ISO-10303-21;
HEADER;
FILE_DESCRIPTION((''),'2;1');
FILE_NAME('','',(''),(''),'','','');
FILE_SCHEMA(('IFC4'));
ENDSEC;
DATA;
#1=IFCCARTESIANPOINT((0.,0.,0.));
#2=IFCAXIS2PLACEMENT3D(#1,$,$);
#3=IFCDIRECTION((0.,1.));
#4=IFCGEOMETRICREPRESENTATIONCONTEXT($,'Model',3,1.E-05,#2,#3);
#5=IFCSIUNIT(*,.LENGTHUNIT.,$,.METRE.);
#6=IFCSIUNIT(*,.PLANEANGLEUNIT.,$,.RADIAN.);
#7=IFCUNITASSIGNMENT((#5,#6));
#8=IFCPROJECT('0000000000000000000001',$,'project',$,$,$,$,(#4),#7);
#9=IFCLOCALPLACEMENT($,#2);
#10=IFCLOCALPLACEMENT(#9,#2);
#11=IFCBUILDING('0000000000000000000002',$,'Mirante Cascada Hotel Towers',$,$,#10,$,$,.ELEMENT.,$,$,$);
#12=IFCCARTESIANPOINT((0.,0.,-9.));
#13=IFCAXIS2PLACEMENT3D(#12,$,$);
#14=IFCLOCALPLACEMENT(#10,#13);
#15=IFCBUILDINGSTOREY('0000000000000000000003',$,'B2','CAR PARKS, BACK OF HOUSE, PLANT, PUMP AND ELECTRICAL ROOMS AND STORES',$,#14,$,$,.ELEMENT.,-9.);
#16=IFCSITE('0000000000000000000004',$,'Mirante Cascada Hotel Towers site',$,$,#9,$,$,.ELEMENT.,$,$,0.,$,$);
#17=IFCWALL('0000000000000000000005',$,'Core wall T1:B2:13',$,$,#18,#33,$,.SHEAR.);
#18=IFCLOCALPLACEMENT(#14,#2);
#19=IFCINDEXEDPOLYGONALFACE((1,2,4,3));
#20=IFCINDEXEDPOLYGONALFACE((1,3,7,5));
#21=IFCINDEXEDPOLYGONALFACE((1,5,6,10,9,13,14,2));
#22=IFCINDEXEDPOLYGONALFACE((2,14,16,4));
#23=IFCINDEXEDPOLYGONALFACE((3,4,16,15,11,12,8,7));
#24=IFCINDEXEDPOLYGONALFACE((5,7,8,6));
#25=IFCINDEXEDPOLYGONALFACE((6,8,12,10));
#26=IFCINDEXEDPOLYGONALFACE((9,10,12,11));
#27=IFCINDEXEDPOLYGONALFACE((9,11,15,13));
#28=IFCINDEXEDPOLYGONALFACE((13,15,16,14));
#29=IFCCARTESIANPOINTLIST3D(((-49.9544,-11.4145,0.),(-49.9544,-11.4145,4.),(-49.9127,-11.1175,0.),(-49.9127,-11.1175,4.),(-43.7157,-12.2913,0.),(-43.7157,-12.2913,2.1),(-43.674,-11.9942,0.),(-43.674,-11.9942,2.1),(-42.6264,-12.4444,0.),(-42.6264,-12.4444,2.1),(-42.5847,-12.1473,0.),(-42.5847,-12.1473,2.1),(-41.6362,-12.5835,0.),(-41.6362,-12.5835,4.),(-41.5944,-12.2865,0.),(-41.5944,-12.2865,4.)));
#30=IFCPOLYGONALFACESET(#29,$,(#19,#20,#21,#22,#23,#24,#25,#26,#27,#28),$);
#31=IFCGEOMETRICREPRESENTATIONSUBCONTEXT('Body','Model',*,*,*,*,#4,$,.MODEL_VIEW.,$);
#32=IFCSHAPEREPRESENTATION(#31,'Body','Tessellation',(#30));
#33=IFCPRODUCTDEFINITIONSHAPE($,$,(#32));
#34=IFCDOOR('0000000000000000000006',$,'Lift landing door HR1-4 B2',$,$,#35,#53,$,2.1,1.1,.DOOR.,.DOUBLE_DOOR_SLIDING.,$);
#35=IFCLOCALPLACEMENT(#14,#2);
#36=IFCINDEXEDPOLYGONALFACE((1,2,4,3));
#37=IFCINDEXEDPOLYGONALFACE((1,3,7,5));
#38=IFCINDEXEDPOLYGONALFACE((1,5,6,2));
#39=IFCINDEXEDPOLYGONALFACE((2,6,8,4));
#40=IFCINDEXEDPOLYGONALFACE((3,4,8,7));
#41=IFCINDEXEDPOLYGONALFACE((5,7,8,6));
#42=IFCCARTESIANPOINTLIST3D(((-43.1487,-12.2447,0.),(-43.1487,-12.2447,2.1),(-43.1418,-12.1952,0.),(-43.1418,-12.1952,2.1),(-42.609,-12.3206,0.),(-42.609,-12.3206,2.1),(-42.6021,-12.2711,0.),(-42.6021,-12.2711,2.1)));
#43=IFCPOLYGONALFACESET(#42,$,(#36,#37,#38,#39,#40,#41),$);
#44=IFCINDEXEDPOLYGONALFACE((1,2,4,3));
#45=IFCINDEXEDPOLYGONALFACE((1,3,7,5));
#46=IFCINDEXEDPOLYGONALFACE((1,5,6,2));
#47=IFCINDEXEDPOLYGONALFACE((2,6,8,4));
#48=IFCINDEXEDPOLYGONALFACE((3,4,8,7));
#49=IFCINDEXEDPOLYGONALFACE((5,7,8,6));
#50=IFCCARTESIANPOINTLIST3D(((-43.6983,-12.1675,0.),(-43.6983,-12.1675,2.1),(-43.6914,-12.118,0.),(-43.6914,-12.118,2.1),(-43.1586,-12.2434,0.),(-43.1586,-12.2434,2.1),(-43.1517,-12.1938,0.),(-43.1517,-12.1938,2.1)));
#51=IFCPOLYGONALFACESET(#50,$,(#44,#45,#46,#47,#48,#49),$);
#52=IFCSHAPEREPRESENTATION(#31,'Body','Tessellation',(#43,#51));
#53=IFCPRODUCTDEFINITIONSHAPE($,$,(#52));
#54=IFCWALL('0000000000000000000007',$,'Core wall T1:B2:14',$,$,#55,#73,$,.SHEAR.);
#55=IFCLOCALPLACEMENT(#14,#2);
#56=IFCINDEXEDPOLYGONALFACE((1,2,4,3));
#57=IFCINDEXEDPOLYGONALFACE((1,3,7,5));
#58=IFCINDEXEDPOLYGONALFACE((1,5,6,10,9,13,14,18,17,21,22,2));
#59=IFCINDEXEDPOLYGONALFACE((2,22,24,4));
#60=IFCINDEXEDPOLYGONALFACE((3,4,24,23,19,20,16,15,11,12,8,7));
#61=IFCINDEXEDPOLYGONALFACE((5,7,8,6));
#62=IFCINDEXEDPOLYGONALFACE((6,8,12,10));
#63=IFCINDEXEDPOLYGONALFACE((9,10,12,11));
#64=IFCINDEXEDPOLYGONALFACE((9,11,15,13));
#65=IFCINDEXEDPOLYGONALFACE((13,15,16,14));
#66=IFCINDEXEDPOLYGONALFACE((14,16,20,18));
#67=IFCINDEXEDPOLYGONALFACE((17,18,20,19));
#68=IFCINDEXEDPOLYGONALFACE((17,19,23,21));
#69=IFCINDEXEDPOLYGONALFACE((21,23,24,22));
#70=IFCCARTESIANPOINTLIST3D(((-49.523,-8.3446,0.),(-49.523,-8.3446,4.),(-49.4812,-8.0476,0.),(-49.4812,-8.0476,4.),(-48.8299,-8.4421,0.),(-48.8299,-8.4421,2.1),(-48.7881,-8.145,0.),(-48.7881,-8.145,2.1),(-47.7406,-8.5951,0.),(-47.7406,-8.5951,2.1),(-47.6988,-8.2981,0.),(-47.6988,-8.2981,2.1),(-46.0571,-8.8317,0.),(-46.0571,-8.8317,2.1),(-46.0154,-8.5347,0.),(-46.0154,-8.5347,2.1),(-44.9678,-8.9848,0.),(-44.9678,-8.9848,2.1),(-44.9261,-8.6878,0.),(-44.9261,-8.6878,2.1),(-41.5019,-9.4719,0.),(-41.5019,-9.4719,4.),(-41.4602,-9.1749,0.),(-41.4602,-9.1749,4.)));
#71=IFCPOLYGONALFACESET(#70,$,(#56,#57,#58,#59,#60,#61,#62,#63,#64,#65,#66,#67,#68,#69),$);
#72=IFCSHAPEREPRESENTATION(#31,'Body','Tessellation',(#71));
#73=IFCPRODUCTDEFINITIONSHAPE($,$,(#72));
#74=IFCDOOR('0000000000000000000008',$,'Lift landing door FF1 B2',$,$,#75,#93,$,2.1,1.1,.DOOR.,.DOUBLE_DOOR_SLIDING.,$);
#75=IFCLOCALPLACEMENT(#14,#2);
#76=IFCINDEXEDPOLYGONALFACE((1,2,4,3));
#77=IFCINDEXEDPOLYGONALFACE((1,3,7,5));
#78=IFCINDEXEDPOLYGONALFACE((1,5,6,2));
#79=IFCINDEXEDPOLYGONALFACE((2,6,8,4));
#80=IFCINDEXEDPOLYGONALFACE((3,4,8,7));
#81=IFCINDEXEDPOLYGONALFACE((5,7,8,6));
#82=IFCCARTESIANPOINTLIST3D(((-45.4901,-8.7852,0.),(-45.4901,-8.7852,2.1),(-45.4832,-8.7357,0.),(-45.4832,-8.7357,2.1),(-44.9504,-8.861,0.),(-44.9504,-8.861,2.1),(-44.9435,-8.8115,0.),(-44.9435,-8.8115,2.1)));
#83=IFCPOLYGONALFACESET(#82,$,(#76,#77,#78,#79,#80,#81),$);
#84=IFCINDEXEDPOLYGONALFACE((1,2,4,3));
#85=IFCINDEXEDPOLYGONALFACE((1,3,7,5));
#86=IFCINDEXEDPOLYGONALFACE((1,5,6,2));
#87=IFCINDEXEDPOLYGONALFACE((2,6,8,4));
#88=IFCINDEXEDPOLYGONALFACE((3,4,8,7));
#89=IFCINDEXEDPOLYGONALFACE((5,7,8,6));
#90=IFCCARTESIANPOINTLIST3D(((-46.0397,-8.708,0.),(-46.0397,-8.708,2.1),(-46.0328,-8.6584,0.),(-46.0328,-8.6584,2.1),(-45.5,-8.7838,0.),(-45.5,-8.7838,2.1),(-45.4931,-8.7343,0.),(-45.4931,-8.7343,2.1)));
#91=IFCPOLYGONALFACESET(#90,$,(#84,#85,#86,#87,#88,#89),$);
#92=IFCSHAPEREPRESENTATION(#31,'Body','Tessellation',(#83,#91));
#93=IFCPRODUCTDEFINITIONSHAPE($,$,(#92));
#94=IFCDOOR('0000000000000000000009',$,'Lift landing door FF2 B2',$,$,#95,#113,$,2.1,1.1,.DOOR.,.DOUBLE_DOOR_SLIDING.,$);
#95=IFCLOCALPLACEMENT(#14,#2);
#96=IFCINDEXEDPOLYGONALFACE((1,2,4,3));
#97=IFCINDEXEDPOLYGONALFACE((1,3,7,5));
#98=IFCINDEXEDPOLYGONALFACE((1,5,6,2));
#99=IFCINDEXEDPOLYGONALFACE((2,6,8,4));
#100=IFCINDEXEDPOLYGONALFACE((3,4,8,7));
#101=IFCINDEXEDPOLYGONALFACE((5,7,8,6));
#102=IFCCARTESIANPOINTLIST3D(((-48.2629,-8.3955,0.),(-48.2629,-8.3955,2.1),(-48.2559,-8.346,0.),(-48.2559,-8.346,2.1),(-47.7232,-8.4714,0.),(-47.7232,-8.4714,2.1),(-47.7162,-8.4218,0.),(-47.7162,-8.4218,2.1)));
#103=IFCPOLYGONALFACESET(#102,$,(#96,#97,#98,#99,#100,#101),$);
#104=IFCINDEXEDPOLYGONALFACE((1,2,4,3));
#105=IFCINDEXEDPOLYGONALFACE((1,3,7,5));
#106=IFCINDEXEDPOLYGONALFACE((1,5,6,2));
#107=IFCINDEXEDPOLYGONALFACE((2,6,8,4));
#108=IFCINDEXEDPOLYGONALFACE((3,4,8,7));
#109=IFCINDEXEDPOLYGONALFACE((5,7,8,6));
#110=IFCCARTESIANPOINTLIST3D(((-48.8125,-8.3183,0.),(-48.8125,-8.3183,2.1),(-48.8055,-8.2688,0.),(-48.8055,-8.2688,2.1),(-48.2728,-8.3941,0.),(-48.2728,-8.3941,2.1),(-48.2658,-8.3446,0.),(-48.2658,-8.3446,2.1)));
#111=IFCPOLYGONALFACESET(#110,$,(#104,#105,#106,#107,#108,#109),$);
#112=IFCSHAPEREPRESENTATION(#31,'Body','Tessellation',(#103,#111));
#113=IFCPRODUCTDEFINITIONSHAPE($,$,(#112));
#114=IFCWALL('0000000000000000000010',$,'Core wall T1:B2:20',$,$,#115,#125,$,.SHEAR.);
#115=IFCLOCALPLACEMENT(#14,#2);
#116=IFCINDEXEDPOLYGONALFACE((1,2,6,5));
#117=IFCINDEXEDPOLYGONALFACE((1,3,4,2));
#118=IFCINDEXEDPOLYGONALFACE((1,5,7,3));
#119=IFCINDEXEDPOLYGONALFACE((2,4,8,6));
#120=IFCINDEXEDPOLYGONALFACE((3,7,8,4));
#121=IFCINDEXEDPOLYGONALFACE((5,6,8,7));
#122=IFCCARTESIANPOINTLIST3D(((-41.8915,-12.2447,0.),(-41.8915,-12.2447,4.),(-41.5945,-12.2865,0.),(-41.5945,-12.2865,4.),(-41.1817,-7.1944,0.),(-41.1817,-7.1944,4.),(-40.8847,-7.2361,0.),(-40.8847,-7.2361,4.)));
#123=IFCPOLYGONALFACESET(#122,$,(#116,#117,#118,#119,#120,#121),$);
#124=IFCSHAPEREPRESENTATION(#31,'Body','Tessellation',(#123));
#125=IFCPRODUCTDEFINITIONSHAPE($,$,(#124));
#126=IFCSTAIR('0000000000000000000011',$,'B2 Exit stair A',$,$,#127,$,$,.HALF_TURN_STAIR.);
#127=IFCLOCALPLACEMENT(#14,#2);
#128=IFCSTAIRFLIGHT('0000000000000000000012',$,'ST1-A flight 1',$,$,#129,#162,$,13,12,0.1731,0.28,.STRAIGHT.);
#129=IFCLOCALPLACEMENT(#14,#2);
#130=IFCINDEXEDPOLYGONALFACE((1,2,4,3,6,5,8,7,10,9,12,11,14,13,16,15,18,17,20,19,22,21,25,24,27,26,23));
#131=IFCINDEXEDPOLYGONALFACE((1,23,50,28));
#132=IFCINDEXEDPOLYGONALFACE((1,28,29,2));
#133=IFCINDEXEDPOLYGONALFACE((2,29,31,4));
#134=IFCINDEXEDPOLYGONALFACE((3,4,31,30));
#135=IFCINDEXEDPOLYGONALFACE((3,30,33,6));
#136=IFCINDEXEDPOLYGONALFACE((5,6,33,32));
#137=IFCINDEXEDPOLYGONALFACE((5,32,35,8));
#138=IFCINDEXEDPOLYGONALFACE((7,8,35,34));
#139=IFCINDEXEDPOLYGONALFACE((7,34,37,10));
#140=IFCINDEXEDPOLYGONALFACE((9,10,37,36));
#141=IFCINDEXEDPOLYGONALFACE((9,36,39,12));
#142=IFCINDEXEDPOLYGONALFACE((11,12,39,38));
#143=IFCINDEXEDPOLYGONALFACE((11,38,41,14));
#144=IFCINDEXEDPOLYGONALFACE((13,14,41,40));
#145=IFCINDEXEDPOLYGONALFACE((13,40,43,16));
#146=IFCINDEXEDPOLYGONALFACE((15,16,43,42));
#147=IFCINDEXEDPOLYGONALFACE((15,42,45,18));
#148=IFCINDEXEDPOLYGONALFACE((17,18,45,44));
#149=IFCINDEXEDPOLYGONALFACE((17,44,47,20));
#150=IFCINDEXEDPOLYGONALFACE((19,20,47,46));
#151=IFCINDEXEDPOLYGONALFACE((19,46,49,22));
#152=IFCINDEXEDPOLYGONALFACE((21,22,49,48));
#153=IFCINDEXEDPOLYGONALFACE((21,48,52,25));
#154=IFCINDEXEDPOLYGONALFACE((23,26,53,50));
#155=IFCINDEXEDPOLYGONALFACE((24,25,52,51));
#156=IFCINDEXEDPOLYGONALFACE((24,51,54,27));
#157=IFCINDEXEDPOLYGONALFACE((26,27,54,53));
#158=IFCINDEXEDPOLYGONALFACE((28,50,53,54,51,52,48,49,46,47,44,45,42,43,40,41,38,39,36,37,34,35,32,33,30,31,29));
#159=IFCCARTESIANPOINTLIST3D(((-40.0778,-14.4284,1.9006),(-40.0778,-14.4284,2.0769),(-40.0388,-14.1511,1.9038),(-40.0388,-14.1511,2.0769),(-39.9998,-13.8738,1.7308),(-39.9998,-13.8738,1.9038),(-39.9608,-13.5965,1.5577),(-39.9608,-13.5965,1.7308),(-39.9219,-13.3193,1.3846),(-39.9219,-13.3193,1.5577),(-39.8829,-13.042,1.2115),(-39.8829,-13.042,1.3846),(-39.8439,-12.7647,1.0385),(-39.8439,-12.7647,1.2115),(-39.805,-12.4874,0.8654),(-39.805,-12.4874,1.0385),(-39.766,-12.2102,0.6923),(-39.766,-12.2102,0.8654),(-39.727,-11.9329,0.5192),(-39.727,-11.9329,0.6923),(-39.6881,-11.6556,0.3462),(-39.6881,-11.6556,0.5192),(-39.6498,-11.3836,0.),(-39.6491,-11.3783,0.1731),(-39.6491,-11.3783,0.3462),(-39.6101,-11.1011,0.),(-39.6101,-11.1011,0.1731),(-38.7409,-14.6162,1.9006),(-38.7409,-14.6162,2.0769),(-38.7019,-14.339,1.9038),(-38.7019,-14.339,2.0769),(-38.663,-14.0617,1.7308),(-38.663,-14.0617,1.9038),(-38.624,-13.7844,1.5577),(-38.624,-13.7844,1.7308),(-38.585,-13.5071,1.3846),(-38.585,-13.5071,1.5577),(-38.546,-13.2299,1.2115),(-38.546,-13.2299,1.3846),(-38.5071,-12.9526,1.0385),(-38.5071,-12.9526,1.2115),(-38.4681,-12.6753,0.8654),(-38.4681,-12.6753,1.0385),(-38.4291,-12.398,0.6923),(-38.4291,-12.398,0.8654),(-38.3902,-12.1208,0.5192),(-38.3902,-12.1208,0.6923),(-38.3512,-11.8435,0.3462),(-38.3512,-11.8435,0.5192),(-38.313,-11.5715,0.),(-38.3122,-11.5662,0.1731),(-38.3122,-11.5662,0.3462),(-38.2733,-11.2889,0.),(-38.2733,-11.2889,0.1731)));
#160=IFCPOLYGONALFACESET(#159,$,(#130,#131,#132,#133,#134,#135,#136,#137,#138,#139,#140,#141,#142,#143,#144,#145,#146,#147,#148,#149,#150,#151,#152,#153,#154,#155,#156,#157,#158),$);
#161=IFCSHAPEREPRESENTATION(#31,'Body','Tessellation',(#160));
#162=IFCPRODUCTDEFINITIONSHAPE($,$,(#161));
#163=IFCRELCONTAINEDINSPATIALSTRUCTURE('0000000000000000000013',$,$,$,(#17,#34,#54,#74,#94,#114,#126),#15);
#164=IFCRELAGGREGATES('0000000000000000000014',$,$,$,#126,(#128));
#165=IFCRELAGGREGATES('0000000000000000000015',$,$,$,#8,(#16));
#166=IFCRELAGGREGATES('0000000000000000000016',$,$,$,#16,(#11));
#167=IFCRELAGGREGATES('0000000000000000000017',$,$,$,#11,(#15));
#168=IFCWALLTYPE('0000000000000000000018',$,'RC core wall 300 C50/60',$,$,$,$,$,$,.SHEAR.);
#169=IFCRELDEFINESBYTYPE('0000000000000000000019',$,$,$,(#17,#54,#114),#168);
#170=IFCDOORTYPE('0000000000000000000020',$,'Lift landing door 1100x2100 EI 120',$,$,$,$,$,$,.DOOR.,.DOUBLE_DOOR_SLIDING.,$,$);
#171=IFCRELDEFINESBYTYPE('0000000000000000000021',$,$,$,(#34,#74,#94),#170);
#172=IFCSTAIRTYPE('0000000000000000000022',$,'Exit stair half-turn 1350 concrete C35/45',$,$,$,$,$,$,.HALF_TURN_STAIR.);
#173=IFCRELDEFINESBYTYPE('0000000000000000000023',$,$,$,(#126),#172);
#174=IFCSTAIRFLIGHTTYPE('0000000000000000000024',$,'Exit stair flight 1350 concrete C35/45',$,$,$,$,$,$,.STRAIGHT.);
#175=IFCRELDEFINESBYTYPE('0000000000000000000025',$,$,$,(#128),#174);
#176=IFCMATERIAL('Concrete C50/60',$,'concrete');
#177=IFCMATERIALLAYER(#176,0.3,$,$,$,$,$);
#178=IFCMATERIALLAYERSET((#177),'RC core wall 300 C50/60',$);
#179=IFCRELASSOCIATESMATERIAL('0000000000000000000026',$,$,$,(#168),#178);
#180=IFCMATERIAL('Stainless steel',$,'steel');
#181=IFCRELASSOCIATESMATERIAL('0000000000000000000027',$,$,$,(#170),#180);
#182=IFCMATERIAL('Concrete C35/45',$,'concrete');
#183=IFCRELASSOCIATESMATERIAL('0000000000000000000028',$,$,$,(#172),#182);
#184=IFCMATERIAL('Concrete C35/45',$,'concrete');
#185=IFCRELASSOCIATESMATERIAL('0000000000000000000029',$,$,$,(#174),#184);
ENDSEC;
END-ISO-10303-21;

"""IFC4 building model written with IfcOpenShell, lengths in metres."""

from ifc_helpers import new_model, si_unit, direction, frame, frame_2d, origin, place, context, subcontext, project, spatial, polyline, rectangle, outline, extrude, material, layer, layer_set, type_object, element, fill, aggregate, save


model = new_model("IFC4")

# Units and contexts
model_context = context("Model", 3, precision=1e-05, world=origin(), true_north=direction((0.0, 1.0)))
body_context = subcontext(model_context, "Body", "Model", "MODEL_VIEW")
ifc_project = project(units=[si_unit("LENGTHUNIT", "METRE"), si_unit("PLANEANGLEUNIT", "RADIAN")], contexts=[model_context])

# Site, building, storey
site_placement = place(None, origin())
site = spatial("IfcSite", under=ifc_project, at=site_placement, Name="Mirante Cascada Hotel Towers site", CompositionType="ELEMENT", RefElevation=0.0)
building_placement = place(site_placement, origin())
building = spatial("IfcBuilding", under=site, at=building_placement, Name="Mirante Cascada Hotel Towers", CompositionType="ELEMENT")
storey_placement = place(building_placement, frame((0.0, 0.0, -9.0)))
storey = spatial("IfcBuildingStorey", under=building, at=storey_placement, Name="B2", Description="CAR PARKS, BACK OF HOUSE, PLANT, PUMP AND ELECTRICAL ROOMS AND STORES", CompositionType="ELEMENT", Elevation=-9.0)

# Wall, opening, door
ifc_material_1 = material(Name="Concrete C50/60", Category="concrete")
ifc_layer = layer(ifc_material_1, 0.3)
ifc_layer_set = layer_set([ifc_layer], Name="RC core wall 300 C50/60")
wall_type = type_object("IfcWallType", Name="RC core wall 300 C50/60", PredefinedType="SHEAR", material=ifc_layer_set)
wall_1_placement = place(storey_placement, frame((-41.6153, -12.435, 0.0), z_axis=(0.0, 0.0, 1.0), x_axis=(-0.990269, 0.139166, 0.0)))
wall_1 = element("IfcWall", 1, at=wall_1_placement, inside=storey, type_object=wall_type, Name="Core wall T1:B2:13", PredefinedType="SHEAR", context=body_context, shape_type="SweptSolid", body=[
    extrude(rectangle(XDim=8.4, YDim=0.3, at=frame_2d((4.2, 0.0))), origin(), (0.0, 0.0, 1.0), 4.0),
])
opening_1_placement = place(wall_1_placement, frame((1.0, 0.0, 0.0)))
opening_1 = element("IfcOpeningElement", 2, at=opening_1_placement, cuts=wall_1, PredefinedType="OPENING", context=body_context, shape_type="SweptSolid", body=[
    extrude(rectangle(XDim=1.1, YDim=2.1, at=frame_2d((0.55, 1.05))), frame((0.0, 0.15, 0.0), z_axis=(0.0, -1.0, 0.0), x_axis=(1.0, 0.0, 0.0)), (0.0, 0.0, 1.0), 0.3),
])
ifc_material_2 = material(Name="Stainless steel", Category="steel")
door_type = type_object("IfcDoorType", Name="Lift landing door 1100x2100 EI 120", OperationType="DOUBLE_DOOR_SLIDING", PredefinedType="DOOR", material=ifc_material_2)
door_1_placement = place(opening_1_placement, origin())
door_1 = element("IfcDoor", 3, at=door_1_placement, inside=storey, type_object=door_type, Name="Lift landing door HR1-4 B2", OperationType="DOUBLE_DOOR_SLIDING", OverallHeight=2.1, OverallWidth=1.1, PredefinedType="DOOR", context=body_context, shape_type="SweptSolid", body=[
    extrude(rectangle(XDim=0.545, YDim=2.1, at=frame_2d((0.2725, 1.05))), frame((0.0, 0.025, 0.0), z_axis=(0.0, -1.0, 0.0), x_axis=(1.0, 0.0, 0.0)), (0.0, 0.0, 1.0), 0.05),
    extrude(rectangle(XDim=0.545, YDim=2.1, at=frame_2d((0.8275, 1.05))), frame((0.0, 0.025, 0.0), z_axis=(0.0, -1.0, 0.0), x_axis=(1.0, 0.0, 0.0)), (0.0, 0.0, 1.0), 0.05),
])
fill(opening_1, door_1)

# Wall, openings, doors
wall_2_placement = place(storey_placement, frame((-41.481, -9.3234, 0.0), z_axis=(0.0, 0.0, 1.0), x_axis=(-0.990268, 0.139174, 0.0)))
wall_2 = element("IfcWall", 4, at=wall_2_placement, inside=storey, type_object=wall_type, Name="Core wall T1:B2:14", PredefinedType="SHEAR", context=body_context, shape_type="SweptSolid", body=[
    extrude(rectangle(XDim=8.0999, YDim=0.3, at=frame_2d((4.05, 0.0))), origin(), (0.0, 0.0, 1.0), 4.0),
])
opening_2_placement = place(wall_2_placement, frame((3.5, 0.0, 0.0)))
opening_2 = element("IfcOpeningElement", 5, at=opening_2_placement, cuts=wall_2, PredefinedType="OPENING", context=body_context, shape_type="SweptSolid", body=[
    extrude(rectangle(XDim=1.1, YDim=2.1, at=frame_2d((0.55, 1.05))), frame((0.0, 0.15, 0.0), z_axis=(0.0, -1.0, 0.0), x_axis=(1.0, 0.0, 0.0)), (0.0, 0.0, 1.0), 0.3),
])
opening_3_placement = place(wall_2_placement, frame((6.3, 0.0, 0.0)))
opening_3 = element("IfcOpeningElement", 6, at=opening_3_placement, cuts=wall_2, PredefinedType="OPENING", context=body_context, shape_type="SweptSolid", body=[
    extrude(rectangle(XDim=1.1, YDim=2.1, at=frame_2d((0.55, 1.05))), frame((0.0, 0.15, 0.0), z_axis=(0.0, -1.0, 0.0), x_axis=(1.0, 0.0, 0.0)), (0.0, 0.0, 1.0), 0.3),
])
door_2_placement = place(opening_2_placement, origin())
door_2 = element("IfcDoor", 7, at=door_2_placement, inside=storey, type_object=door_type, Name="Lift landing door FF1 B2", OperationType="DOUBLE_DOOR_SLIDING", OverallHeight=2.1, OverallWidth=1.1, PredefinedType="DOOR", context=body_context, shape_type="SweptSolid", body=[
    extrude(rectangle(XDim=0.545, YDim=2.1, at=frame_2d((0.2725, 1.05))), frame((0.0, 0.025, 0.0), z_axis=(0.0, -1.0, 0.0), x_axis=(1.0, 0.0, 0.0)), (0.0, 0.0, 1.0), 0.05),
    extrude(rectangle(XDim=0.545, YDim=2.1, at=frame_2d((0.8275, 1.05))), frame((0.0, 0.025, 0.0), z_axis=(0.0, -1.0, 0.0), x_axis=(1.0, 0.0, 0.0)), (0.0, 0.0, 1.0), 0.05),
])
fill(opening_2, door_2)
door_3_placement = place(opening_3_placement, origin())
door_3 = element("IfcDoor", 8, at=door_3_placement, inside=storey, type_object=door_type, Name="Lift landing door FF2 B2", OperationType="DOUBLE_DOOR_SLIDING", OverallHeight=2.1, OverallWidth=1.1, PredefinedType="DOOR", context=body_context, shape_type="SweptSolid", body=[
    extrude(rectangle(XDim=0.545, YDim=2.1, at=frame_2d((0.2725, 1.05))), frame((0.0, 0.025, 0.0), z_axis=(0.0, -1.0, 0.0), x_axis=(1.0, 0.0, 0.0)), (0.0, 0.0, 1.0), 0.05),
    extrude(rectangle(XDim=0.545, YDim=2.1, at=frame_2d((0.8275, 1.05))), frame((0.0, 0.025, 0.0), z_axis=(0.0, -1.0, 0.0), x_axis=(1.0, 0.0, 0.0)), (0.0, 0.0, 1.0), 0.05),
])
fill(opening_3, door_3)

# Wall
wall_3_placement = place(storey_placement, frame((-41.743, -12.2656, 0.0), z_axis=(0.0, 0.0, 1.0), x_axis=(0.139176, 0.990268, 0.0)))
element("IfcWall", 9, at=wall_3_placement, inside=storey, type_object=wall_type, Name="Core wall T1:B2:20", PredefinedType="SHEAR", context=body_context, shape_type="SweptSolid", body=[
    extrude(rectangle(XDim=5.1, YDim=0.3, at=frame_2d((2.55, 0.0))), origin(), (0.0, 0.0, 1.0), 4.0),
])

# Stair, stair flight
ifc_material_3 = material(Name="Concrete C35/45", Category="concrete")
stair_type = type_object("IfcStairType", Name="Exit stair half-turn 1350 concrete C35/45", PredefinedType="HALF_TURN_STAIR", material=ifc_material_3)
stair_placement = place(storey_placement, origin())
stair = element("IfcStair", 10, at=stair_placement, inside=storey, type_object=stair_type, Name="B2 Exit stair A", PredefinedType="HALF_TURN_STAIR")
ifc_material_4 = material(Name="Concrete C35/45", Category="concrete")
stair_flight_type = type_object("IfcStairFlightType", Name="Exit stair flight 1350 concrete C35/45", PredefinedType="STRAIGHT", material=ifc_material_4)
stair_flight_placement = place(storey_placement, frame((-38.9417, -11.195, 0.0), z_axis=(0.0, 0.0, 1.0), x_axis=(-0.139173, -0.990268, 0.0)))
stair_flight = element("IfcStairFlight", 11, at=stair_flight_placement, type_object=stair_flight_type, Name="ST1-A flight 1", NumberOfRisers=13, NumberOfTreads=12, PredefinedType="STRAIGHT", RiserHeight=0.1731, TreadLength=0.28, context=body_context, shape_type="SweptSolid", body=[
    extrude(outline(polyline([(0.0, 0.0), (0.0, 0.1731), (0.28, 0.1731), (0.28, 0.3462), (0.56, 0.3462), (0.56, 0.5192), (0.84, 0.5192), (0.84, 0.6923), (1.12, 0.6923), (1.12, 0.8654), (1.4, 0.8654), (1.4, 1.0385), (1.68, 1.0385), (1.68, 1.2115), (1.96, 1.2115), (1.96, 1.3846), (2.24, 1.3846), (2.24, 1.5577), (2.52, 1.5577), (2.52, 1.7308), (2.8, 1.7308), (2.8, 1.9038), (3.08, 1.9038), (3.08, 2.0769), (3.36, 2.0769), (3.36, 2.25), (3.36, 1.9006), (0.2853, 0.0), (0.0, 0.0)])), frame((0.0, 0.675, 0.0), z_axis=(0.0, -1.0, 0.0), x_axis=(1.0, 0.0, 0.0)), (0.0, 0.0, 1.0), 1.35),
])
aggregate(stair, [stair_flight])

save(model, "model.ifc")
